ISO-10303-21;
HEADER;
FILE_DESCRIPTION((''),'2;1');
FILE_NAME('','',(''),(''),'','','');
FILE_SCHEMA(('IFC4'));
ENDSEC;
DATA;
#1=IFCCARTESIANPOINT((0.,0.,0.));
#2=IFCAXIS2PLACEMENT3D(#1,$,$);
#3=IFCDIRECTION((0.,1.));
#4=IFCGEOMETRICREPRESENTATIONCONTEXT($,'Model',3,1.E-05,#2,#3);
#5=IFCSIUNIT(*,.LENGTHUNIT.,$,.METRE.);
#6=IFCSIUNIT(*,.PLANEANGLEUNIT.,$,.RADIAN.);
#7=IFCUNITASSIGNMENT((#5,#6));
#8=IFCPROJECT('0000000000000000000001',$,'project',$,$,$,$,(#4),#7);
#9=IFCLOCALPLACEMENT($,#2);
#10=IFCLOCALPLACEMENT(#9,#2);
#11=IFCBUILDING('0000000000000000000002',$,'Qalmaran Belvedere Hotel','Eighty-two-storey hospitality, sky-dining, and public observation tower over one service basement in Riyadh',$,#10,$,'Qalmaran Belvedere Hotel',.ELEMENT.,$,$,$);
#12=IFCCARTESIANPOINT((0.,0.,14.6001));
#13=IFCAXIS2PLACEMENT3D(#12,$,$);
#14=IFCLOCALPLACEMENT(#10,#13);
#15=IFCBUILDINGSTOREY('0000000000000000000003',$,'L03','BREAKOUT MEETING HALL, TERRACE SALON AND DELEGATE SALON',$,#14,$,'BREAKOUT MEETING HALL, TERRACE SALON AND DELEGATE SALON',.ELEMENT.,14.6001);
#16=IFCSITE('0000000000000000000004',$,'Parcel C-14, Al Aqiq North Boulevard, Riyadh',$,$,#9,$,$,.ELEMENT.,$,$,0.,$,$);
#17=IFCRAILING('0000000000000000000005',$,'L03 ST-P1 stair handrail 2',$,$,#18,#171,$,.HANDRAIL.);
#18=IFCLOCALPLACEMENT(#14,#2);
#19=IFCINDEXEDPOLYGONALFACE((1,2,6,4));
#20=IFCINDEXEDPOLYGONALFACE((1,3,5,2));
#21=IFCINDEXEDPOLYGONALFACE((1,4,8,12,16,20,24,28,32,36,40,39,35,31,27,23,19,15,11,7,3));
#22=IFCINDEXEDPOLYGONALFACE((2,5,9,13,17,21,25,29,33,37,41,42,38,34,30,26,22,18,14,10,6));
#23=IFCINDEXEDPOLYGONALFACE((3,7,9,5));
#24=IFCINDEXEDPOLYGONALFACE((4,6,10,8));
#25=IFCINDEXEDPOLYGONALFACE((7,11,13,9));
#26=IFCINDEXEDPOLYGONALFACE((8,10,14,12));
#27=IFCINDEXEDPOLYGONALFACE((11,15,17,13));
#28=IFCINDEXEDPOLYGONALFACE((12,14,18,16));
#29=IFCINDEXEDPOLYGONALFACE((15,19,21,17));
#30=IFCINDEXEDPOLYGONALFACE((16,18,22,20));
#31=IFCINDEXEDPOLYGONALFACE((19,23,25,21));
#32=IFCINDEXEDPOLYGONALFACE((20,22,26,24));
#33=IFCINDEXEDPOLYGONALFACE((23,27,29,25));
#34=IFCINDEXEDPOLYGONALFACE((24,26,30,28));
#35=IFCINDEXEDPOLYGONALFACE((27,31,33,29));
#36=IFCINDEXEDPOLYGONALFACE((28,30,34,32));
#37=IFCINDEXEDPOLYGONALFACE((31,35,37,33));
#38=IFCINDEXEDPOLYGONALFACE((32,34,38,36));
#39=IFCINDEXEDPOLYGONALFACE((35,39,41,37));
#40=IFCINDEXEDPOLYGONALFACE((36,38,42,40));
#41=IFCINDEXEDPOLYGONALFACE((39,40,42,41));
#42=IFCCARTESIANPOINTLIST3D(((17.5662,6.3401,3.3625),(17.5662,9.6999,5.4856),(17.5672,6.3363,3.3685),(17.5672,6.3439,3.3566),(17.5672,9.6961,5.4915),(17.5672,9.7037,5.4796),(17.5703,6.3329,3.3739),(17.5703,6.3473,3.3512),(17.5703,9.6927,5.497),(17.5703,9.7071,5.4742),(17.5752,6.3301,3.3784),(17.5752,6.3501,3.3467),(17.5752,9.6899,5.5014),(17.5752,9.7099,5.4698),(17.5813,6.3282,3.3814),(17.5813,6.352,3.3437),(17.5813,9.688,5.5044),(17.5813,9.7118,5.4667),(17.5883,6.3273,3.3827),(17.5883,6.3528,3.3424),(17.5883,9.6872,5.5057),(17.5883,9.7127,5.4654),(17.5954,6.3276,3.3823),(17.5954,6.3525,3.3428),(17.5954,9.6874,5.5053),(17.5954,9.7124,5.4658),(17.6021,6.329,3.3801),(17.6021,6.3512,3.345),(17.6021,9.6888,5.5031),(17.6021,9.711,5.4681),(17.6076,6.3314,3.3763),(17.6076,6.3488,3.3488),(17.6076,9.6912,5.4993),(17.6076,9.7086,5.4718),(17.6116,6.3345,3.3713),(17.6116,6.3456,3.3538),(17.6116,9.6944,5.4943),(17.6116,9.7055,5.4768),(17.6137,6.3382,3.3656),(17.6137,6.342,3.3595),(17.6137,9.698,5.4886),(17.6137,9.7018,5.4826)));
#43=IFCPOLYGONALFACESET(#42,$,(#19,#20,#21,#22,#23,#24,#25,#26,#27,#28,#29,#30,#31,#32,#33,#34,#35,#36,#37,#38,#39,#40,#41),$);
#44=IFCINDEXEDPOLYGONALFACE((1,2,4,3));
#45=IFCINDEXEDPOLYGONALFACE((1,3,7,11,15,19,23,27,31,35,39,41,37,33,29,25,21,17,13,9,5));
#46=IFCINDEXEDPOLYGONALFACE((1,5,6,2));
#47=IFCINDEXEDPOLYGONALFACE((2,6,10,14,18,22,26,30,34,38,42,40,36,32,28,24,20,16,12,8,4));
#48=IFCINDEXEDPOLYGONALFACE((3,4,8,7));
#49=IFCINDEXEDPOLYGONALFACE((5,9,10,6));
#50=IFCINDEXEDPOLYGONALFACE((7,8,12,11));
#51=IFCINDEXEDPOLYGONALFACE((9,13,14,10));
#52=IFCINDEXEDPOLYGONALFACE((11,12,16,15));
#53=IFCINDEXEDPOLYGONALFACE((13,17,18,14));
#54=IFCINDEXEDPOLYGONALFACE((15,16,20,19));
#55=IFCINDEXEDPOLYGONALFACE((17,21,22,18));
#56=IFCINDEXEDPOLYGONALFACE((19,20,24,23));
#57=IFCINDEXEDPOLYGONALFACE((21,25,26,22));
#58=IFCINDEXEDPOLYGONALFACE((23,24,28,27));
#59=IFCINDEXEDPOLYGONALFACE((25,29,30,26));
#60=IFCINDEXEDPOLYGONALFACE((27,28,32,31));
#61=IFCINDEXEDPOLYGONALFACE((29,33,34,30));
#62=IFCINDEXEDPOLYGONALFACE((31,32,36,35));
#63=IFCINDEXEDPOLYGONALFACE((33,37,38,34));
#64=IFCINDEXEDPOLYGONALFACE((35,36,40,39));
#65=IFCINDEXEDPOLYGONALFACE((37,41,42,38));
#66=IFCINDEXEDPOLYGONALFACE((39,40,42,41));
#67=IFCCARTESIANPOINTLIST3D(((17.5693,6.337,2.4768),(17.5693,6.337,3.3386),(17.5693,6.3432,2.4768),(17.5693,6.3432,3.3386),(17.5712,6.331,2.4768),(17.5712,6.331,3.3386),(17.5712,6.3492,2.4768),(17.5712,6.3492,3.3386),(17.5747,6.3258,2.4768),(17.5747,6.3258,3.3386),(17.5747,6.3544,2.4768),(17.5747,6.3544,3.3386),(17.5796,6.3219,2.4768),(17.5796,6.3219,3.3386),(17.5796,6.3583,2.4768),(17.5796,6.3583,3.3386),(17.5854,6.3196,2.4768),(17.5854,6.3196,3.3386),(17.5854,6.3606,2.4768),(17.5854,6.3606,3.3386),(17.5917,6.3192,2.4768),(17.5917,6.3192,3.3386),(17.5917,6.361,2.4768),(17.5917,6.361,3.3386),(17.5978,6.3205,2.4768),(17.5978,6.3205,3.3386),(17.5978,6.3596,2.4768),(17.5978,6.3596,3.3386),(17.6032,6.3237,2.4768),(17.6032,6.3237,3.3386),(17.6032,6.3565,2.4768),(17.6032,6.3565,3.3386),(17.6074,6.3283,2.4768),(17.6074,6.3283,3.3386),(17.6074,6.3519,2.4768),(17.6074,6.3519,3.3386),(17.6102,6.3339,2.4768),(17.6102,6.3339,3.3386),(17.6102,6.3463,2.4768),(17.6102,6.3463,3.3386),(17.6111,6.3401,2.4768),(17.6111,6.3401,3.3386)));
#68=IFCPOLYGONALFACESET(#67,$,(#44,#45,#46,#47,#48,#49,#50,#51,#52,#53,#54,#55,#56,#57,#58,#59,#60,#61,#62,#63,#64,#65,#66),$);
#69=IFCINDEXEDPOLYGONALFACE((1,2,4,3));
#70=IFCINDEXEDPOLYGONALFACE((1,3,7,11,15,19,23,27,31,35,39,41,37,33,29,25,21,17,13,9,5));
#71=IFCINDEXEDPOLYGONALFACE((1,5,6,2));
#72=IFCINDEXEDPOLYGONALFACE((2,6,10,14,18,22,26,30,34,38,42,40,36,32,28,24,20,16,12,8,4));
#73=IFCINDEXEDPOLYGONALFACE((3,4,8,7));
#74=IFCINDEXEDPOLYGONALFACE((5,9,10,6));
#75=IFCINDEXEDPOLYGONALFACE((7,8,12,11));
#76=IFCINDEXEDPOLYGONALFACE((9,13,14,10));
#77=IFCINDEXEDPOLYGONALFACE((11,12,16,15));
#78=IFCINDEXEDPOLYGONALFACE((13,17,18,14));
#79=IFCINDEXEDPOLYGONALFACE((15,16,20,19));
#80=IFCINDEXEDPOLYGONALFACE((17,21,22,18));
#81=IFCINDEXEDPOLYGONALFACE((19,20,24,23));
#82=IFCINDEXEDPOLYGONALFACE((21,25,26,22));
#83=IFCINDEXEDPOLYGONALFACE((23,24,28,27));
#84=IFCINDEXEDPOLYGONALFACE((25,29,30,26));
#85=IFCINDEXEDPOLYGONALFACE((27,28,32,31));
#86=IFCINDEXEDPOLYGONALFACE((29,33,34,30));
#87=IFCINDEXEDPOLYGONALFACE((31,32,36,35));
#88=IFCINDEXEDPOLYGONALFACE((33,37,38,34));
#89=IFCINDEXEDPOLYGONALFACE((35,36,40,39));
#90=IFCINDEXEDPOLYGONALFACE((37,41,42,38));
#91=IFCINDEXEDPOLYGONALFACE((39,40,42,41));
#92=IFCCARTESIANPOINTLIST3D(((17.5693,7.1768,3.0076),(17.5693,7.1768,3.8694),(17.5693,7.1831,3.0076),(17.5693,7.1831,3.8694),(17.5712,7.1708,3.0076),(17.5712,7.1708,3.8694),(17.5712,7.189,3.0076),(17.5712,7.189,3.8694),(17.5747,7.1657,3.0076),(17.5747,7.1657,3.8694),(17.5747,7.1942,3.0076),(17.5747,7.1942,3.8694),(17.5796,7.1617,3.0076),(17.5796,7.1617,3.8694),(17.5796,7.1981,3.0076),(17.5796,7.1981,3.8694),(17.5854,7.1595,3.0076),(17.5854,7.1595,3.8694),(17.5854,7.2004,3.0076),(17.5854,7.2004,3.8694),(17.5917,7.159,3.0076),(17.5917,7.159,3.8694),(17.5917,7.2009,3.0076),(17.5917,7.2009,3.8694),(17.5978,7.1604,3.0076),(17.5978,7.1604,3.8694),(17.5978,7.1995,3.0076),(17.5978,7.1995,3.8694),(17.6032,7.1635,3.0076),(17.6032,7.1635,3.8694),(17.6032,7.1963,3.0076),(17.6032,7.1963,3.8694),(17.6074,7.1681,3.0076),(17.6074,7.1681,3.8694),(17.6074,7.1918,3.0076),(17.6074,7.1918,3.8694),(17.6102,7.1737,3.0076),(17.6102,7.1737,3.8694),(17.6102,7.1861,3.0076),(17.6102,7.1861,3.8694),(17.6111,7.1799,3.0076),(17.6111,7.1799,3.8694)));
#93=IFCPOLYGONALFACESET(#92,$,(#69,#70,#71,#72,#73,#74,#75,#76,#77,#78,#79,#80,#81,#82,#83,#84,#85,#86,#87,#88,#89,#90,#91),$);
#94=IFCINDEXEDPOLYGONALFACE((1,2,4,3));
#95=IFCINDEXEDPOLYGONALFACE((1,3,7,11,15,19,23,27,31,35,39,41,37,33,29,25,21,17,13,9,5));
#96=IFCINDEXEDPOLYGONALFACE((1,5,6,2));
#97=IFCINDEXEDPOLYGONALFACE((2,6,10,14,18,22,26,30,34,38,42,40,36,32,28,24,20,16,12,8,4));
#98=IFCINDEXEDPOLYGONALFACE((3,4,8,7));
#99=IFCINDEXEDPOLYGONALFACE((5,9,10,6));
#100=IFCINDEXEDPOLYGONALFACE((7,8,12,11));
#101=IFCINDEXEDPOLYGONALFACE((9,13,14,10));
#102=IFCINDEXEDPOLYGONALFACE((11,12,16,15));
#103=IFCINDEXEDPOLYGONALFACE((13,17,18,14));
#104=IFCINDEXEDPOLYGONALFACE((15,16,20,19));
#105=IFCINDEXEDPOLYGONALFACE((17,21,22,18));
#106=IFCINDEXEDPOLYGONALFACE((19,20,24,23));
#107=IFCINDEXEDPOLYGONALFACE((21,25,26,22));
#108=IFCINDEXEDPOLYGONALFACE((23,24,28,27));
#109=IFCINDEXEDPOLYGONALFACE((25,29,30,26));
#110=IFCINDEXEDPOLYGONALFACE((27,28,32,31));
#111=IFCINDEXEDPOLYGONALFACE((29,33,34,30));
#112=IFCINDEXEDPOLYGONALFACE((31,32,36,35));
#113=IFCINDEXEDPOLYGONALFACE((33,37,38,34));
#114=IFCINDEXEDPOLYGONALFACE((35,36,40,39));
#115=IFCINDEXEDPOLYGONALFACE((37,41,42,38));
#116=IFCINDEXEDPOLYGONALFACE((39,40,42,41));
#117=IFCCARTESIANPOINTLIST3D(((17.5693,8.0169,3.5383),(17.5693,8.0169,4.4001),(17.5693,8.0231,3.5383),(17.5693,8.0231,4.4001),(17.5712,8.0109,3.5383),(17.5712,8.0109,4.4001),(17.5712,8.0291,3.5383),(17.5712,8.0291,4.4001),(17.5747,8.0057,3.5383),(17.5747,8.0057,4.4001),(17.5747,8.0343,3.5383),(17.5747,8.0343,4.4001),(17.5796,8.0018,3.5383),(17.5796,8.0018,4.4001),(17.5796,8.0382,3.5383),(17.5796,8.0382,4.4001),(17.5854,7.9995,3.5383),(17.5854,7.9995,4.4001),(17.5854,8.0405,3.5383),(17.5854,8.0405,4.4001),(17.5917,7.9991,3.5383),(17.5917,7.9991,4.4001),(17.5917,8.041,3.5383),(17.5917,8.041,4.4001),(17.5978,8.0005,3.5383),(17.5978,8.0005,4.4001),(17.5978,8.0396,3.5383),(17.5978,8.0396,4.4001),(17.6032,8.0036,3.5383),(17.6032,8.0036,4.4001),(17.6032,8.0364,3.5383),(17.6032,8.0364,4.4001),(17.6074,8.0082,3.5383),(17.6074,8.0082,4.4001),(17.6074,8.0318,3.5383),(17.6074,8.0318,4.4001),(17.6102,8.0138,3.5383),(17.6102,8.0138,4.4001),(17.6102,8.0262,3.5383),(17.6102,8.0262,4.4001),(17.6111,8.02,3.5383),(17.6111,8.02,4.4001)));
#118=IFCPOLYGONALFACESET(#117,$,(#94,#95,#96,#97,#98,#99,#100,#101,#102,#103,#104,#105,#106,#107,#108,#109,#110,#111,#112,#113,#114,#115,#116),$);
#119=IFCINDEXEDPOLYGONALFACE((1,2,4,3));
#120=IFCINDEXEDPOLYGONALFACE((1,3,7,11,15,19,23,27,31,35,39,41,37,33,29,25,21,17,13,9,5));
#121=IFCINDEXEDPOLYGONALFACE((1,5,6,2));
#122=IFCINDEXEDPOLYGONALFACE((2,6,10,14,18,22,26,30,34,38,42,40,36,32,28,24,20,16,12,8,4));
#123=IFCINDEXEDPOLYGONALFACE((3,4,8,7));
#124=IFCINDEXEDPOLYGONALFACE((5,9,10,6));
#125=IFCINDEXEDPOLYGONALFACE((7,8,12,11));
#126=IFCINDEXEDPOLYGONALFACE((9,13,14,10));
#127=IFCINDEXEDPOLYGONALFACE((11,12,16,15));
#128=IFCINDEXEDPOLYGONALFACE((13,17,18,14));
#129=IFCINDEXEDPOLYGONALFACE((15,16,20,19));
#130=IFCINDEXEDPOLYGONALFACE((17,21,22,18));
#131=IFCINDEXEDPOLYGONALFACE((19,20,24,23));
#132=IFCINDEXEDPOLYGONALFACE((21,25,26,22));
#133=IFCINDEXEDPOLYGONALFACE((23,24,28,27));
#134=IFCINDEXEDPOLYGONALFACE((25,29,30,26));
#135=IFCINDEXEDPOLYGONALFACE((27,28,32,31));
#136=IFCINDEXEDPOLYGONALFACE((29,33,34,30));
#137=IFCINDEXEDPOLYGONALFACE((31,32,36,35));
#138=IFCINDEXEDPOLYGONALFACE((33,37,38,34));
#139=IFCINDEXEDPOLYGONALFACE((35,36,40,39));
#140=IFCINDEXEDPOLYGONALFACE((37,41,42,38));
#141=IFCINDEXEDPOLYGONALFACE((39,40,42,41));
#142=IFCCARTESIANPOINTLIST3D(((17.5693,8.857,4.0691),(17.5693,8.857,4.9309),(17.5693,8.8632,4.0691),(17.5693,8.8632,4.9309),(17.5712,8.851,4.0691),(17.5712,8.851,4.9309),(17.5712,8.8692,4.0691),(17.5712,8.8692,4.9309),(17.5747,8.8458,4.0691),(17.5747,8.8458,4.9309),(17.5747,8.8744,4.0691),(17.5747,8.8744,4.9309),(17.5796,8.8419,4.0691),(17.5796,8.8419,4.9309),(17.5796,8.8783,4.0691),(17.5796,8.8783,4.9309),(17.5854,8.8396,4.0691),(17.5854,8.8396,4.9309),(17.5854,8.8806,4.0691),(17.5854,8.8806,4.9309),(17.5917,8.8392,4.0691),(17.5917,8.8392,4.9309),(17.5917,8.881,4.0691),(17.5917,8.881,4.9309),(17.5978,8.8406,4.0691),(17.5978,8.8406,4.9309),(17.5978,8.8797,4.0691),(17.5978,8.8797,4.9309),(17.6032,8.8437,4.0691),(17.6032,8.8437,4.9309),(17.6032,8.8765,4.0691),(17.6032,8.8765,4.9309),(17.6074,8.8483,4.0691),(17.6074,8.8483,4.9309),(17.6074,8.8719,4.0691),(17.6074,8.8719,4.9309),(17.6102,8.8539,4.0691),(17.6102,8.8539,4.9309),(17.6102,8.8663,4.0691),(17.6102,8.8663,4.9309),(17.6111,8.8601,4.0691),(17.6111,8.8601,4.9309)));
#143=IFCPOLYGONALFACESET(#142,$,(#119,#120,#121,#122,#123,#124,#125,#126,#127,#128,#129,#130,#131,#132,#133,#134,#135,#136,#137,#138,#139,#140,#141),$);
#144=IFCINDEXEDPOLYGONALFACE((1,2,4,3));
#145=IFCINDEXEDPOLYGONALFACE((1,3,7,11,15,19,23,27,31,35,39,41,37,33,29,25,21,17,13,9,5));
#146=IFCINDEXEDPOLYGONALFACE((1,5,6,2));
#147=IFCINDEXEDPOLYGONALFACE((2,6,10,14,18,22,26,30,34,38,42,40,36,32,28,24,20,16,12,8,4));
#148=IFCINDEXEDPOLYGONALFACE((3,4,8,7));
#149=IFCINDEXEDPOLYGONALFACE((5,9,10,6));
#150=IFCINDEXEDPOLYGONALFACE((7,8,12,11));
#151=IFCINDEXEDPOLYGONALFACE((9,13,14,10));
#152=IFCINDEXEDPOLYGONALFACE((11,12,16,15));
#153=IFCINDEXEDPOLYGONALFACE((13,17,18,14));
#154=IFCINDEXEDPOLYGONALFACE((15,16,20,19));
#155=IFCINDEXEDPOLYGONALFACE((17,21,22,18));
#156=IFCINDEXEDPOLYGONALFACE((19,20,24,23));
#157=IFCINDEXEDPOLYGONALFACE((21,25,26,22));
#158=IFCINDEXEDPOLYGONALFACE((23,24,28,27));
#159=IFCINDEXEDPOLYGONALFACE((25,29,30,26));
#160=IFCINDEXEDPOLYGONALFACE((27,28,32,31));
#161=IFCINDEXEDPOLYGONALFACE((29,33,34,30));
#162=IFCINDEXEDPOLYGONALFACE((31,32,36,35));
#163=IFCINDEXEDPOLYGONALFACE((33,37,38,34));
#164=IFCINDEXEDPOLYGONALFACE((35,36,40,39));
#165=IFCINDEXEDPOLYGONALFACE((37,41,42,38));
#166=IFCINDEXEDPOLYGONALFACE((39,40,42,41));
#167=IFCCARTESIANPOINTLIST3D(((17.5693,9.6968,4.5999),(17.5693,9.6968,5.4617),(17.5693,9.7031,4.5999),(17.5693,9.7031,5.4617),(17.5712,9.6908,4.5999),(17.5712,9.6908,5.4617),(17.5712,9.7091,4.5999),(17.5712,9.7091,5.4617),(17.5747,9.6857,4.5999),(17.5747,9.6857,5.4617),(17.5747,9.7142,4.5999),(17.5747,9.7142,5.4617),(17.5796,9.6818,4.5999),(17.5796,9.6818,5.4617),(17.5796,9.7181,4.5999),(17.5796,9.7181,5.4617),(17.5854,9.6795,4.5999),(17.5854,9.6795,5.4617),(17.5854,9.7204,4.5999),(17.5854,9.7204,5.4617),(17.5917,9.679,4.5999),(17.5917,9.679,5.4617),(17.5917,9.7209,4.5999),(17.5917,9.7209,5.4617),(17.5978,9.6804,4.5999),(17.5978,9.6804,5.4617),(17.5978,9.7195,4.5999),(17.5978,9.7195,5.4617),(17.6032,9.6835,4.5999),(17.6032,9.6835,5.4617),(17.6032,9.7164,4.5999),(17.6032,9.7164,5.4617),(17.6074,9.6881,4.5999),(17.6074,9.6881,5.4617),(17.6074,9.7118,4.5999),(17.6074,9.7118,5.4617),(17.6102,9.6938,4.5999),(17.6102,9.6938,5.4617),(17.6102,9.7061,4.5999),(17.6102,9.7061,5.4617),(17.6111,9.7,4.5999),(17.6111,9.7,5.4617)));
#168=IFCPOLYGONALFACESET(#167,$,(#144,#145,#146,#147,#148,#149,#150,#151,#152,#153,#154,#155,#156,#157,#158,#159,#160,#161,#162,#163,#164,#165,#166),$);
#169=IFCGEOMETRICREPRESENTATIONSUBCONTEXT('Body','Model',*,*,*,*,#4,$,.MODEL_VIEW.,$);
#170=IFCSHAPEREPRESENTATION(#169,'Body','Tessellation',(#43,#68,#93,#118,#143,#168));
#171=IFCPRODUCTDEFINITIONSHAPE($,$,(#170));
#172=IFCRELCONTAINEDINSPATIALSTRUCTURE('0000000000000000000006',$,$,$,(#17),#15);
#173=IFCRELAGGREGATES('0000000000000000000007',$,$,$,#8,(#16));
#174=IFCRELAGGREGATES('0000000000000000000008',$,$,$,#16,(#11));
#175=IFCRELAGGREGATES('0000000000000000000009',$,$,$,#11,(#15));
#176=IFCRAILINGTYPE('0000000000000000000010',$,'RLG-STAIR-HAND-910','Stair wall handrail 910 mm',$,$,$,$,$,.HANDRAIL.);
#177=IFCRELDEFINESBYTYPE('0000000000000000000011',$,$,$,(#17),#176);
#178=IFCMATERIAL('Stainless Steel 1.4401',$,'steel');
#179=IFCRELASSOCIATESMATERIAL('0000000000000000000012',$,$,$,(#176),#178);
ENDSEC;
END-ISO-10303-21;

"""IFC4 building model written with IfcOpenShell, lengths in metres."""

from ifc_helpers import new_model, si_unit, direction, frame, origin, origin_2d, place, context, subcontext, project, spatial, circle, extrude, material, type_object, element, save


model = new_model("IFC4")

# Units and contexts
model_context = context("Model", 3, precision=1e-05, world=origin(), true_north=direction((0.0, 1.0)))
body_context = subcontext(model_context, "Body", "Model", "MODEL_VIEW")
ifc_project = project(units=[si_unit("LENGTHUNIT", "METRE"), si_unit("PLANEANGLEUNIT", "RADIAN")], contexts=[model_context])

# Site, building, storey
site_placement = place(None, origin())
site = spatial("IfcSite", under=ifc_project, at=site_placement, Name="Parcel C-14, Al Aqiq North Boulevard, Riyadh", CompositionType="ELEMENT", RefElevation=0.0)
building_placement = place(site_placement, origin())
building = spatial("IfcBuilding", under=site, at=building_placement, Name="Qalmaran Belvedere Hotel", Description="Eighty-two-storey hospitality, sky-dining, and public observation tower over one service basement in Riyadh", LongName="Qalmaran Belvedere Hotel", CompositionType="ELEMENT")
storey_placement = place(building_placement, frame((0.0, 0.0, 14.6001)))
storey = spatial("IfcBuildingStorey", under=building, at=storey_placement, Name="L03", Description="BREAKOUT MEETING HALL, TERRACE SALON AND DELEGATE SALON", LongName="BREAKOUT MEETING HALL, TERRACE SALON AND DELEGATE SALON", CompositionType="ELEMENT", Elevation=14.6001)

# Railing
ifc_material_1 = material(Name="Stainless Steel 1.4401", Category="steel")
railing_type_1 = type_object("IfcRailingType", Name="RLG-STAIR-HAND-910", Description="Stair wall handrail 910 mm", PredefinedType="HANDRAIL", material=ifc_material_1)
railing_1_placement = place(storey_placement, frame((17.5901, 6.3401, 2.4768)))
element("IfcRailing", 1, at=railing_1_placement, inside=storey, type_object=railing_type_1, Name="L03 ST-P1 stair handrail 2", PredefinedType="HANDRAIL", context=body_context, shape_type="SweptSolid", body=[
    extrude(circle(Radius=0.0239, at=origin_2d()), frame((0.0, 0.0, 0.8857), z_axis=(0.0, 0.845372, 0.534178), x_axis=(-1.0, 0.0, 0.0)), (0.0, 0.0, 1.0), 3.9744),
    extrude(circle(Radius=0.021, at=origin_2d()), origin(), (0.0, 0.0, 1.0), 0.8618),
    extrude(circle(Radius=0.021, at=origin_2d()), frame((0.0, 0.8398, 0.5308)), (0.0, 0.0, 1.0), 0.8618),
    extrude(circle(Radius=0.021, at=origin_2d()), frame((0.0, 1.6799, 1.0615)), (0.0, 0.0, 1.0), 0.8618),
    extrude(circle(Radius=0.021, at=origin_2d()), frame((0.0, 2.52, 1.5923)), (0.0, 0.0, 1.0), 0.8618),
    extrude(circle(Radius=0.021, at=origin_2d()), frame((0.0, 3.3599, 2.123)), (0.0, 0.0, 1.0), 0.8618),
])

save(model, "model.ifc")
